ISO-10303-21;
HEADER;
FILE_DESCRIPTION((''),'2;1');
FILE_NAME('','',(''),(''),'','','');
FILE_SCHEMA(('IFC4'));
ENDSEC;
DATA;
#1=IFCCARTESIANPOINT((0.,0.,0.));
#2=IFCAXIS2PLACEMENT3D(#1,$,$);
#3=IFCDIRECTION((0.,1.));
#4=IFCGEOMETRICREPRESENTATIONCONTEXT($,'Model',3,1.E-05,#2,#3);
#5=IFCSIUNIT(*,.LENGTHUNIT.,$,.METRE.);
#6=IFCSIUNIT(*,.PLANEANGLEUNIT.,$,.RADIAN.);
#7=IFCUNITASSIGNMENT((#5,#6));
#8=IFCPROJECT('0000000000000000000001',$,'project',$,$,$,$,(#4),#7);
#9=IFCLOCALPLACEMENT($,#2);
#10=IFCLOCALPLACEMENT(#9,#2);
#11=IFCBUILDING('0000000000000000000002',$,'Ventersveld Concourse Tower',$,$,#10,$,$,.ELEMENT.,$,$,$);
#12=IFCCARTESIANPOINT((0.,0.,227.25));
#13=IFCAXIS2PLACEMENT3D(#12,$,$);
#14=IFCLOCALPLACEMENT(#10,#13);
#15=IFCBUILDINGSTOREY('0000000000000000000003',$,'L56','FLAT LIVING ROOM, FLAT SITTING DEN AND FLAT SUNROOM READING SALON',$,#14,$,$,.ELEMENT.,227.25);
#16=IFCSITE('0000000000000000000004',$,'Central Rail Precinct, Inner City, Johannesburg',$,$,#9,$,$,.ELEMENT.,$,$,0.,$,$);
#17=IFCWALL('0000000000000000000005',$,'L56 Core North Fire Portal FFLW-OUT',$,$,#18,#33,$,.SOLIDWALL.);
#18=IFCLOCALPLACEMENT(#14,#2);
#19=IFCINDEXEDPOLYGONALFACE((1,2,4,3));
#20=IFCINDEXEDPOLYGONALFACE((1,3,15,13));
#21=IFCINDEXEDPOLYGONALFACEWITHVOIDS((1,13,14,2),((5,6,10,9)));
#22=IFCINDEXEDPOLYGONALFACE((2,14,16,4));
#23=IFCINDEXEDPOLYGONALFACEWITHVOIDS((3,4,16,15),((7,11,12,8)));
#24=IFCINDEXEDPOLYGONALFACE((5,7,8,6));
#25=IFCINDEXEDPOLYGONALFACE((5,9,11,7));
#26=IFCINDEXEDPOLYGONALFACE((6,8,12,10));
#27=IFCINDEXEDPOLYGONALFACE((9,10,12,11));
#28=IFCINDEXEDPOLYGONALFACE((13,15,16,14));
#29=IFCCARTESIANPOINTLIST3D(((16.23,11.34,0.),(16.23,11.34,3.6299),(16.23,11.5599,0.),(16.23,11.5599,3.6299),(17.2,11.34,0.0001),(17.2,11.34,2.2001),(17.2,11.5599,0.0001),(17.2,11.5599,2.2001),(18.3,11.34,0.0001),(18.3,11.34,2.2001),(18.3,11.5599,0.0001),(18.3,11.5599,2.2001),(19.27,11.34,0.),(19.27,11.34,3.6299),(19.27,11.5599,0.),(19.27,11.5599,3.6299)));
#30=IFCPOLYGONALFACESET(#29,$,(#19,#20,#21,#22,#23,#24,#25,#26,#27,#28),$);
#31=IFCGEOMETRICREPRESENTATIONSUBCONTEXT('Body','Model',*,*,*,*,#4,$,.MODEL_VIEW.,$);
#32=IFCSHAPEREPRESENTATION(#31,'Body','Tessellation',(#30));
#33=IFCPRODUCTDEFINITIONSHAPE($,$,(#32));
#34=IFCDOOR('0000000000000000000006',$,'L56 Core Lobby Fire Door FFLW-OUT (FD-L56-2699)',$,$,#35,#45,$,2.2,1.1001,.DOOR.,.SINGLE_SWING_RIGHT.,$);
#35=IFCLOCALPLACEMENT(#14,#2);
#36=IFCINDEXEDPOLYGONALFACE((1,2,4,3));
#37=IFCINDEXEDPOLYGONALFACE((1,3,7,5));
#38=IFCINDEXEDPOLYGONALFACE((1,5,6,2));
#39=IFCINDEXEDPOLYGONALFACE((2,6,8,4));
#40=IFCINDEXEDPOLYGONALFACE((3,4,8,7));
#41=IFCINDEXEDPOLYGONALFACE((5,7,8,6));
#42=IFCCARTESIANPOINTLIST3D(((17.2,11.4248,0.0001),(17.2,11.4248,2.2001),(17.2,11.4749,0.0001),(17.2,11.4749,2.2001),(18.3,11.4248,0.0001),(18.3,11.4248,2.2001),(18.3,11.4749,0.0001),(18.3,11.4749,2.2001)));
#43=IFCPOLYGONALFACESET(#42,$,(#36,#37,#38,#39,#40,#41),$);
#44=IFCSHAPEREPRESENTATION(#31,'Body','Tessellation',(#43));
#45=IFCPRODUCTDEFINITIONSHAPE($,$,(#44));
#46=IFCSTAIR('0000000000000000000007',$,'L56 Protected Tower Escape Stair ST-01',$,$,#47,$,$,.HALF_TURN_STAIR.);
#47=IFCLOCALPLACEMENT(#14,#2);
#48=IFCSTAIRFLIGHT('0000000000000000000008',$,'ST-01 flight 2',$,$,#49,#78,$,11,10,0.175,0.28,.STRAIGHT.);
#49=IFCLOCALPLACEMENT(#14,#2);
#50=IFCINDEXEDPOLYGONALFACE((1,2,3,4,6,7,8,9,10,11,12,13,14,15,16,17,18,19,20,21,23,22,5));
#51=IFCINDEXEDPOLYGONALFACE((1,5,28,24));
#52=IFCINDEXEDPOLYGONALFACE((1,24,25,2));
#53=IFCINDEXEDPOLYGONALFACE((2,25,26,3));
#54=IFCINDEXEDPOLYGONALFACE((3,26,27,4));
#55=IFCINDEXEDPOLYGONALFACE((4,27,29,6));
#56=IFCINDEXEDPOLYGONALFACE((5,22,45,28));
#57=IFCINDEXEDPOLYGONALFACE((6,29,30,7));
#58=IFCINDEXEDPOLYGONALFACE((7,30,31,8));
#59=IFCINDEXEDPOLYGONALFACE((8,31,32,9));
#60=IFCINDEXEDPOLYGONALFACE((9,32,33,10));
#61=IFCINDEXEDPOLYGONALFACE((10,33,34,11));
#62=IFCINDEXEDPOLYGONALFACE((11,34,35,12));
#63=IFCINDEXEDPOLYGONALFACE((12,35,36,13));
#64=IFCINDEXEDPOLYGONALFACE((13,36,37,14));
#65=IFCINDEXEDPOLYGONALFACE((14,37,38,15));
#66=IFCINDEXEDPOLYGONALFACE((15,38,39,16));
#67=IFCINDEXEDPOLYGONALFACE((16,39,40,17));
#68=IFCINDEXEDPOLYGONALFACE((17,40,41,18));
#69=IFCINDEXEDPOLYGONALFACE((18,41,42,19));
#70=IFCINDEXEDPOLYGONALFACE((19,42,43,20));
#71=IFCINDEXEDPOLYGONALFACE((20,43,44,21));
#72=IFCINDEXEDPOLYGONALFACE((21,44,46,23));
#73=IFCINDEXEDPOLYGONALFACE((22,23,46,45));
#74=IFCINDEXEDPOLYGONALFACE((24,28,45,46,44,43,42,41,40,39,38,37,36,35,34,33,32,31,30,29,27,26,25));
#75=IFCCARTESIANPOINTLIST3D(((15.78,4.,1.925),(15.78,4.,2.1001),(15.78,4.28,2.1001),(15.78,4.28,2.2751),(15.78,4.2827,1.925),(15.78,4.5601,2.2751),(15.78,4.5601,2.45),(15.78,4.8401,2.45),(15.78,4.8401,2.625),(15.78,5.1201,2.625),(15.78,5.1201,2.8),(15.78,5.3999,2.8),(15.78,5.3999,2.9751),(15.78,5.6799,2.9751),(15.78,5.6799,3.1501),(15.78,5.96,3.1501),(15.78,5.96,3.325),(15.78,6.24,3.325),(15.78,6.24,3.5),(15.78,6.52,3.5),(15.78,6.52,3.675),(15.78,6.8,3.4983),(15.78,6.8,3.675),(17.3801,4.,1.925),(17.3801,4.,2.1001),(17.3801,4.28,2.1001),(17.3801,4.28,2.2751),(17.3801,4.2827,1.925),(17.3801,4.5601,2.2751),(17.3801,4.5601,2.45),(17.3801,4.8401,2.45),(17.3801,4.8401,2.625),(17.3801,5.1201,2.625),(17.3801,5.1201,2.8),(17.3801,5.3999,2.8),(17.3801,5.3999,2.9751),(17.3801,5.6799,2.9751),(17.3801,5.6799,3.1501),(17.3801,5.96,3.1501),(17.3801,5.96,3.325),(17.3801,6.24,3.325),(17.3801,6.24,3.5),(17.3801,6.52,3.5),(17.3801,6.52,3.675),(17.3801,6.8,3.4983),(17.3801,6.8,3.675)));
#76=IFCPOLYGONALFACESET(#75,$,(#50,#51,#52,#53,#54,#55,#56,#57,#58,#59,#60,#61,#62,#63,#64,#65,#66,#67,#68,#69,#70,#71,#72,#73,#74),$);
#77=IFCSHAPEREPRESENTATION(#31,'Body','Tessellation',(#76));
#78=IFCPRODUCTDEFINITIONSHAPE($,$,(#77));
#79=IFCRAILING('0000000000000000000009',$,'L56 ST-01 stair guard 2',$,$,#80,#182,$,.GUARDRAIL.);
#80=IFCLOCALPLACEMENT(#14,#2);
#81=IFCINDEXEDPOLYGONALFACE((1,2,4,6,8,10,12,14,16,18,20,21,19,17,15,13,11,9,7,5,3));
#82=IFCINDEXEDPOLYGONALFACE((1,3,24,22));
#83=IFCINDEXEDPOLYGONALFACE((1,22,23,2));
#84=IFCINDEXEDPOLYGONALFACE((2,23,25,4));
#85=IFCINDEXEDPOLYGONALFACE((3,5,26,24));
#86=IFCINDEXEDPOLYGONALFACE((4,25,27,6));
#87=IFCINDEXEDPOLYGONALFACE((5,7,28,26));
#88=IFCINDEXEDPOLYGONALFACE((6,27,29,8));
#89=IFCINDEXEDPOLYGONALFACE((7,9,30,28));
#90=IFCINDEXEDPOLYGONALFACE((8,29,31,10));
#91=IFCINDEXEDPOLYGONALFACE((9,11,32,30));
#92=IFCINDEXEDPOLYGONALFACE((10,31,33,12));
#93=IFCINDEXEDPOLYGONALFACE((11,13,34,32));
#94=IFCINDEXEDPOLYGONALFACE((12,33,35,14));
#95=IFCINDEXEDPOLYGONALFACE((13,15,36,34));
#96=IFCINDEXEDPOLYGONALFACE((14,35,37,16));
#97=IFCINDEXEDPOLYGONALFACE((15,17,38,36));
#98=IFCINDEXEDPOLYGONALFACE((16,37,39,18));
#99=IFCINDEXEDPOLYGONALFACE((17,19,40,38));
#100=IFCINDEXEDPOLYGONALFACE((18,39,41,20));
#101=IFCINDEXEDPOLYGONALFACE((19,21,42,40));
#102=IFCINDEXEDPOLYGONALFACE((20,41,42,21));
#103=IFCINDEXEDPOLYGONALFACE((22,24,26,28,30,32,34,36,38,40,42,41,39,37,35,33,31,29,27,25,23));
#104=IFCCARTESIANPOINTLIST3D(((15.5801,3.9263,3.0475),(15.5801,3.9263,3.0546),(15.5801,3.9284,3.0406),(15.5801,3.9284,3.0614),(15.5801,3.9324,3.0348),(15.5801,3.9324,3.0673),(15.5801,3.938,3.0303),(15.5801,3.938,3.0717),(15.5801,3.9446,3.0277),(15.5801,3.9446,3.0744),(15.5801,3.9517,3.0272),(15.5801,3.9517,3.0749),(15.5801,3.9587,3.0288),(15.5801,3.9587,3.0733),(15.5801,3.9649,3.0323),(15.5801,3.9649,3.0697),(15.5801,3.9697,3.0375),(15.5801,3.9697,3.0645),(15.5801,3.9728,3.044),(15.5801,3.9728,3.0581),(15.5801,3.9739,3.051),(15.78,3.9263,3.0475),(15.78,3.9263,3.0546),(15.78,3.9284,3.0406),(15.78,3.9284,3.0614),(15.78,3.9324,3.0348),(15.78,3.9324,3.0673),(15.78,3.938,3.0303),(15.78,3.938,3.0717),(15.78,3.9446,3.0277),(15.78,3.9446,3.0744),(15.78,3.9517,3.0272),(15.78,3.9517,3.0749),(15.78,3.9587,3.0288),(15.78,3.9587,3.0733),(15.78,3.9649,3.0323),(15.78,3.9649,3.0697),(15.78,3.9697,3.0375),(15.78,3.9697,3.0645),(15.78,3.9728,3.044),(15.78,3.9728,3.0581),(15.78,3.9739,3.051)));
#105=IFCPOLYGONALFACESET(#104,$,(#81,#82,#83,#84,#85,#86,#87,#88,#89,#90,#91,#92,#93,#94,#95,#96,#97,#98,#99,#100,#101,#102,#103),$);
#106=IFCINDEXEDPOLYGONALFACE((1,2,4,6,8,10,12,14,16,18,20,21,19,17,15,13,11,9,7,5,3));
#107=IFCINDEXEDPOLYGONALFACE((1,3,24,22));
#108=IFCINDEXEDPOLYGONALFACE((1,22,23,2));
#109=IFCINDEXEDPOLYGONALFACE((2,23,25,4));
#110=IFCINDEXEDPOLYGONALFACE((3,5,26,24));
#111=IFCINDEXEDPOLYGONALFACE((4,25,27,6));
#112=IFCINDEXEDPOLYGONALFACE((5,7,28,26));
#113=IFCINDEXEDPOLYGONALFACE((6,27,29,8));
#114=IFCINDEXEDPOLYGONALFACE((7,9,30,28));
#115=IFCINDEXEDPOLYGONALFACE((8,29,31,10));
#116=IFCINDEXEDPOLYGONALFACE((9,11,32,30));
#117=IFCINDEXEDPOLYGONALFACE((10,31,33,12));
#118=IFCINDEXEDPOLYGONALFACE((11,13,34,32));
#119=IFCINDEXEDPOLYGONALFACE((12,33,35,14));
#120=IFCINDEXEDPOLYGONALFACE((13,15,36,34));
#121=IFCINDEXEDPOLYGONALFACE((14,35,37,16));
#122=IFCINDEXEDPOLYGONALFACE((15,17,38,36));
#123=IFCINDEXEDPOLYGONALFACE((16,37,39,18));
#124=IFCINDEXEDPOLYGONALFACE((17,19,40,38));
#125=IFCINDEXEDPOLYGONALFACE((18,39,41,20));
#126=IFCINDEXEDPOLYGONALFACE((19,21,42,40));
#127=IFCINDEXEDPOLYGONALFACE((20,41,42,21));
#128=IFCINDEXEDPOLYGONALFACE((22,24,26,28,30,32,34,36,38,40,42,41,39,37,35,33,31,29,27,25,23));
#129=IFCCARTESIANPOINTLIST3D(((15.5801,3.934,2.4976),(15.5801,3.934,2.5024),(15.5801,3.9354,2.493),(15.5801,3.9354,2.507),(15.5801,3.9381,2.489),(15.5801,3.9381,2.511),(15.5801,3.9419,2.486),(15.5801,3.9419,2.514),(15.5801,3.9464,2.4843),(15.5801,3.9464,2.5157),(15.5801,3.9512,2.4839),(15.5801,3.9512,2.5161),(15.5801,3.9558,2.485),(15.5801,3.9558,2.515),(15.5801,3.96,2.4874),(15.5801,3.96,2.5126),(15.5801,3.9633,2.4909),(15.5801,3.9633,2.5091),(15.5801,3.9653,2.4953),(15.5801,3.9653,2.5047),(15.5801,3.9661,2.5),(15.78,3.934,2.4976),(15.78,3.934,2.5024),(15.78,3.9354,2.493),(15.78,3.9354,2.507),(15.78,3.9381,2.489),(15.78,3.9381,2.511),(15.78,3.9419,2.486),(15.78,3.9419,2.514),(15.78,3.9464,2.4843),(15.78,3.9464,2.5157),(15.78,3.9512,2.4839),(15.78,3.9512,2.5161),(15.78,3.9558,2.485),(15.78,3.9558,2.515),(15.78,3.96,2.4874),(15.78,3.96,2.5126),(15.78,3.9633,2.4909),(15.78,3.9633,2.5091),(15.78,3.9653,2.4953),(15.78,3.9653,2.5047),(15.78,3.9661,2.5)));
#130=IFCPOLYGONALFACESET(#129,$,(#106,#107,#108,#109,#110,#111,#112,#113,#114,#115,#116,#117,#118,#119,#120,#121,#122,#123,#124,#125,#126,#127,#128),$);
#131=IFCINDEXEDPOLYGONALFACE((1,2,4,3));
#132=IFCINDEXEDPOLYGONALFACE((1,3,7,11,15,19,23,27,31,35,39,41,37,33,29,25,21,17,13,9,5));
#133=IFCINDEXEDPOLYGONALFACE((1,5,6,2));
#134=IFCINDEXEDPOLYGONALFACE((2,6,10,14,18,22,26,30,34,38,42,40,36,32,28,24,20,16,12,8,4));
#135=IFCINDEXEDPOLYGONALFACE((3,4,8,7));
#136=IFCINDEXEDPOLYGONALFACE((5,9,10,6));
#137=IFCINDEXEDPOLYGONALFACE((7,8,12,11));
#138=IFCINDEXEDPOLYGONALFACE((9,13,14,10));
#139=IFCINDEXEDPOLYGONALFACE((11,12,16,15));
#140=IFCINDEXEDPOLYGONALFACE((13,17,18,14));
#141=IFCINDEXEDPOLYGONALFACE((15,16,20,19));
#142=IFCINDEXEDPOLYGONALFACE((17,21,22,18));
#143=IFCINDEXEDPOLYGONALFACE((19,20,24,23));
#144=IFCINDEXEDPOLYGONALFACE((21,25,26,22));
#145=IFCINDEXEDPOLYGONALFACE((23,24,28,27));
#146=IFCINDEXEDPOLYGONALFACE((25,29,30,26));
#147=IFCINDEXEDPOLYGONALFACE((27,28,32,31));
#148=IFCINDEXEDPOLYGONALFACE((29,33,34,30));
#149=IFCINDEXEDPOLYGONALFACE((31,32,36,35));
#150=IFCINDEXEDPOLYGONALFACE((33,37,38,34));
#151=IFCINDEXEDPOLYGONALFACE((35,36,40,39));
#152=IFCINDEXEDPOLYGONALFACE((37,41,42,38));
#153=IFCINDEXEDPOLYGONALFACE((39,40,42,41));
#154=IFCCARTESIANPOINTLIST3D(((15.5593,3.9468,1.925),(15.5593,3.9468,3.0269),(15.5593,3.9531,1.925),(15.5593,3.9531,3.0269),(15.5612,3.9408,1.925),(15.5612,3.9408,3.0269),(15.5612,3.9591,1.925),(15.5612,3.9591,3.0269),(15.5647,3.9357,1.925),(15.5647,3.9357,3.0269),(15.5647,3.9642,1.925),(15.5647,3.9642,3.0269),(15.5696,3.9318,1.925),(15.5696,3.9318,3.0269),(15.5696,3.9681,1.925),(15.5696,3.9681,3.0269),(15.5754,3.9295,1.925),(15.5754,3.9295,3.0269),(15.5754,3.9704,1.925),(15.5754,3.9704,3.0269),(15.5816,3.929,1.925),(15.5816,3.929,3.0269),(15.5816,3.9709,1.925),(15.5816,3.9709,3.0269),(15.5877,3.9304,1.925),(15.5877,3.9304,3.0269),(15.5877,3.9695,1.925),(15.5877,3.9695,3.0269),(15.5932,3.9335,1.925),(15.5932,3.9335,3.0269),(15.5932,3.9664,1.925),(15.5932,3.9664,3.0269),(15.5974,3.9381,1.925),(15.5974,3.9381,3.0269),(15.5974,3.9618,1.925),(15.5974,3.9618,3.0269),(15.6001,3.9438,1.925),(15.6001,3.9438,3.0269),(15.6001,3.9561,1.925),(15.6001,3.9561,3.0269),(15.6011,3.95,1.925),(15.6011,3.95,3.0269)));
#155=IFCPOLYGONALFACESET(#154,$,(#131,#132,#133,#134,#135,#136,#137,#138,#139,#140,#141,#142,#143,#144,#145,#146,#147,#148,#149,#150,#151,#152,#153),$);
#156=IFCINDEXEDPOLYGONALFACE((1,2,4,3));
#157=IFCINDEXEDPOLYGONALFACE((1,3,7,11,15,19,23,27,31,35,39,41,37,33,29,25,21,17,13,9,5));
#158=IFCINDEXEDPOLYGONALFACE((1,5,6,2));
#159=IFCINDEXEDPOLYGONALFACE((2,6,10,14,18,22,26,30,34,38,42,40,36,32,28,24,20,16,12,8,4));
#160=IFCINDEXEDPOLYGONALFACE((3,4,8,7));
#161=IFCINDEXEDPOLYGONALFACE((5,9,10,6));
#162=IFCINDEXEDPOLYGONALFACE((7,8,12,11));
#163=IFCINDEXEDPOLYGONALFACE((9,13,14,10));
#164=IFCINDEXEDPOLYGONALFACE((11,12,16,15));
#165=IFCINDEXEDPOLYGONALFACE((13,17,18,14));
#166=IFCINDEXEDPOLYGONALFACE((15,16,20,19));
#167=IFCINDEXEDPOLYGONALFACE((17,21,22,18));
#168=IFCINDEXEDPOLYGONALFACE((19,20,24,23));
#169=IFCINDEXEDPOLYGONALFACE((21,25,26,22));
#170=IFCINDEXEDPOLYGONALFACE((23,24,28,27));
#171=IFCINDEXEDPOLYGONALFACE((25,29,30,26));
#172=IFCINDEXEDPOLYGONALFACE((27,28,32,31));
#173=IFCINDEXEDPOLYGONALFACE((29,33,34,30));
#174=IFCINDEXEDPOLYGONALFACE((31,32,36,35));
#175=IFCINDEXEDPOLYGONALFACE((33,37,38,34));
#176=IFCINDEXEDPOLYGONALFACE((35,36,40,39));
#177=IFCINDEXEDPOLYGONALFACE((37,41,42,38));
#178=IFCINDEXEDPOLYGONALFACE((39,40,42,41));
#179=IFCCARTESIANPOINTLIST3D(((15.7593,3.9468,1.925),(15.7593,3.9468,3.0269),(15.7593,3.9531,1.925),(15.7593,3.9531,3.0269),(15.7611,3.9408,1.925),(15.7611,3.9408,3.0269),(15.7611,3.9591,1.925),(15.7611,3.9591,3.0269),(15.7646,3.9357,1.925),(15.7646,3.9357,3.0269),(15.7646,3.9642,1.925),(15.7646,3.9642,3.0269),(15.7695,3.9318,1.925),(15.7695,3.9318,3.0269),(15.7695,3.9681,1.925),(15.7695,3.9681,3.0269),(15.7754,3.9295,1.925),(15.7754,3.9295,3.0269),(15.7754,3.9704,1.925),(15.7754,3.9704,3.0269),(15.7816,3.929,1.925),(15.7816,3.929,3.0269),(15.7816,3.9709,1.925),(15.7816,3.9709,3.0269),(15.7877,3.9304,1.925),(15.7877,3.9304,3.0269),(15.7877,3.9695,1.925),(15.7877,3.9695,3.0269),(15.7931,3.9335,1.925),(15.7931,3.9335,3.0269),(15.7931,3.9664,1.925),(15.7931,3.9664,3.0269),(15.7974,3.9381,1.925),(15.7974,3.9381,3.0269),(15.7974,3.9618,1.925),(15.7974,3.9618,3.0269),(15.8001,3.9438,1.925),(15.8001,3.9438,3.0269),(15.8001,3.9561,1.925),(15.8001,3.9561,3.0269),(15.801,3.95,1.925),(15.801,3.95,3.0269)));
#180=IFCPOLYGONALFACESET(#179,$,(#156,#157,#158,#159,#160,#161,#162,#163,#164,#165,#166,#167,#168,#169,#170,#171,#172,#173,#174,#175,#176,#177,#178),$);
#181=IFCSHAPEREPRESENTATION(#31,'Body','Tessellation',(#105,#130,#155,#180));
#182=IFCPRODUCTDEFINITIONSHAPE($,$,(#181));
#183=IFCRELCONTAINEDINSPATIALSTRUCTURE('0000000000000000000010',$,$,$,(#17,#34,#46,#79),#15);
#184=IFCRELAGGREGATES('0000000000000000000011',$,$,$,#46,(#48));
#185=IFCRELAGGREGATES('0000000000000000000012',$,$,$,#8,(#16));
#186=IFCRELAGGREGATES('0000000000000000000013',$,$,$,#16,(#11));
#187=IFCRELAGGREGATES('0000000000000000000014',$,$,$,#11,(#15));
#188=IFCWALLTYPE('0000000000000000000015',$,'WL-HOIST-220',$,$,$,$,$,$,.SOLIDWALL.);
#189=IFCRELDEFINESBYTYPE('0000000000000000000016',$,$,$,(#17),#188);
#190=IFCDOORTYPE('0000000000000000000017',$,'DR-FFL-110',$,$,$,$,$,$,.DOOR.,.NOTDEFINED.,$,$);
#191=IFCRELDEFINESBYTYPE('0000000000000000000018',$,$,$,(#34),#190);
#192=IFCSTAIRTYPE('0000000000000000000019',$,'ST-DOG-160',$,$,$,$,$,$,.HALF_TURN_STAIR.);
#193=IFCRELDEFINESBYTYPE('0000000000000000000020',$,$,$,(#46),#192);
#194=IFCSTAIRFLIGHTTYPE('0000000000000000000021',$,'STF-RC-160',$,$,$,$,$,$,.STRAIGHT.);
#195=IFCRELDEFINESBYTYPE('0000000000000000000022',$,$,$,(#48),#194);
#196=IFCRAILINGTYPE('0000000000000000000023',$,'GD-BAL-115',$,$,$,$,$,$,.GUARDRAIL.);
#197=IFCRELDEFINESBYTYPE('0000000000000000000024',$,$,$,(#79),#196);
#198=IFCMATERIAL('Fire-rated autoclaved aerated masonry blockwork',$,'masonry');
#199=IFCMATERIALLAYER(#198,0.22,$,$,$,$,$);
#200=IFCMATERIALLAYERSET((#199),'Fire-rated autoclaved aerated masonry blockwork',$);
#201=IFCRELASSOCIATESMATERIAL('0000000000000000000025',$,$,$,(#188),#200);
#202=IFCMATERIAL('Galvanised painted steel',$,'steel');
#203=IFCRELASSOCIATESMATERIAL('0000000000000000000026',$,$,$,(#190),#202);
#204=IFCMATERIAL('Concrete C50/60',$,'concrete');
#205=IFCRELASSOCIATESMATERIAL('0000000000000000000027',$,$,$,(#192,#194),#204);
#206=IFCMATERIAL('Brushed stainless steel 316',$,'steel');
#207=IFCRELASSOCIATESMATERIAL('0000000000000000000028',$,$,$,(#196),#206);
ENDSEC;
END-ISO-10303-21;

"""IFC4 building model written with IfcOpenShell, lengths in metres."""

from ifc_helpers import new_model, si_unit, direction, frame, frame_2d, origin, origin_2d, place, context, subcontext, project, spatial, polyline, rectangle, circle, outline, extrude, material, layer, layer_set, type_object, element, fill, aggregate, save


model = new_model("IFC4")

# Units and contexts
model_context = context("Model", 3, precision=1e-05, world=origin(), true_north=direction((0.0, 1.0)))
body_context = subcontext(model_context, "Body", "Model", "MODEL_VIEW")
ifc_project = project(units=[si_unit("LENGTHUNIT", "METRE"), si_unit("PLANEANGLEUNIT", "RADIAN")], contexts=[model_context])

# Site, building, storey
site_placement = place(None, origin())
site = spatial("IfcSite", under=ifc_project, at=site_placement, Name="Central Rail Precinct, Inner City, Johannesburg", CompositionType="ELEMENT", RefElevation=0.0)
building_placement = place(site_placement, origin())
building = spatial("IfcBuilding", under=site, at=building_placement, Name="Ventersveld Concourse Tower", CompositionType="ELEMENT")
storey_placement = place(building_placement, frame((0.0, 0.0, 227.25)))
storey = spatial("IfcBuildingStorey", under=building, at=storey_placement, Name="L56", Description="FLAT LIVING ROOM, FLAT SITTING DEN AND FLAT SUNROOM READING SALON", CompositionType="ELEMENT", Elevation=227.25)

# Shared definitions
ifc_material_1 = material(Name="Concrete C50/60", Category="concrete")

# Shared definitions
ifc_material_2 = material(Name="Fire-rated autoclaved aerated masonry blockwork", Category="masonry")
ifc_material_3 = material(Name="Galvanised painted steel", Category="steel")

# Shared definitions
ifc_layer_1 = layer(ifc_material_2, 0.22)
ifc_layer_set_1 = layer_set([ifc_layer_1], Name="Fire-rated autoclaved aerated masonry blockwork")
wall_type_1 = type_object("IfcWallType", Name="WL-HOIST-220", PredefinedType="SOLIDWALL", material=ifc_layer_set_1)

# Shared definitions
ifc_material_4 = material(Name="Brushed stainless steel 316", Category="steel")

# Wall, opening, door
door_type_1 = type_object("IfcDoorType", Name="DR-FFL-110", OperationType="NOTDEFINED", PredefinedType="DOOR", material=ifc_material_3)
wall_1_placement = place(storey_placement, frame((16.23, 11.45, 0.0), z_axis=(0.0, 0.0, 1.0), x_axis=(1.0, 0.0, 0.0)))
wall_1 = element("IfcWall", 1, at=wall_1_placement, inside=storey, type_object=wall_type_1, Name="L56 Core North Fire Portal FFLW-OUT", PredefinedType="SOLIDWALL", context=body_context, shape_type="SweptSolid", body=[
    extrude(rectangle(XDim=3.04, YDim=0.22, at=frame_2d((1.52, 0.0))), origin(), (0.0, 0.0, 1.0), 3.6299),
])
opening_1_placement = place(wall_1_placement, frame((0.97, 0.0, 0.0)))
opening_1 = element("IfcOpeningElement", 2, at=opening_1_placement, cuts=wall_1, PredefinedType="OPENING", context=body_context, shape_type="SweptSolid", body=[
    extrude(rectangle(XDim=1.1001, YDim=2.2, at=frame_2d((0.55, 1.1001))), frame((0.0, 0.1201, 0.0), z_axis=(0.0, -1.0, 0.0), x_axis=(1.0, 0.0, 0.0)), (0.0, 0.0, 1.0), 0.24),
])
door_1_placement = place(opening_1_placement, origin())
door_1 = element("IfcDoor", 3, at=door_1_placement, inside=storey, type_object=door_type_1, Name="L56 Core Lobby Fire Door FFLW-OUT (FD-L56-2699)", OperationType="SINGLE_SWING_RIGHT", OverallHeight=2.2, OverallWidth=1.1001, PredefinedType="DOOR", context=body_context, shape_type="SweptSolid", body=[
    extrude(rectangle(XDim=1.1001, YDim=2.2, at=frame_2d((0.55, 1.1001))), frame((0.0, 0.0249, 0.0), z_axis=(0.0, -1.0, 0.0), x_axis=(1.0, 0.0, 0.0)), (0.0, 0.0, 1.0), 0.05),
])
fill(opening_1, door_1)

# Stair, stair flight
stair_type = type_object("IfcStairType", Name="ST-DOG-160", PredefinedType="HALF_TURN_STAIR", material=ifc_material_1)
stair_placement = place(storey_placement, origin())
stair = element("IfcStair", 4, at=stair_placement, inside=storey, type_object=stair_type, Name="L56 Protected Tower Escape Stair ST-01", PredefinedType="HALF_TURN_STAIR")
stair_flight_type = type_object("IfcStairFlightType", Name="STF-RC-160", PredefinedType="STRAIGHT", material=ifc_material_1)
stair_flight_placement = place(storey_placement, frame((16.5801, 4.0, 1.925), z_axis=(0.0, 0.0, 1.0), x_axis=(0.0, 1.0, 0.0)))
stair_flight = element("IfcStairFlight", 5, at=stair_flight_placement, type_object=stair_flight_type, Name="ST-01 flight 2", NumberOfRisers=11, NumberOfTreads=10, PredefinedType="STRAIGHT", RiserHeight=0.175, TreadLength=0.28, context=body_context, shape_type="SweptSolid", body=[
    extrude(outline(polyline([(0.0, 0.0), (0.0, 0.175), (0.28, 0.175), (0.28, 0.3501), (0.5601, 0.3501), (0.5601, 0.5249), (0.8401, 0.5249), (0.8401, 0.7), (1.1201, 0.7), (1.1201, 0.875), (1.3999, 0.875), (1.3999, 1.05), (1.6799, 1.05), (1.6799, 1.2251), (1.96, 1.2251), (1.96, 1.3999), (2.24, 1.3999), (2.24, 1.575), (2.52, 1.575), (2.52, 1.75), (2.8, 1.75), (2.8, 1.925), (2.8, 1.5732), (0.2827, 0.0), (0.0, 0.0)])), frame((0.0, 0.8, 0.0), z_axis=(0.0, -1.0, 0.0), x_axis=(1.0, 0.0, 0.0)), (0.0, 0.0, 1.0), 1.6001),
])
aggregate(stair, [stair_flight])

# Railing
railing_type_1 = type_object("IfcRailingType", Name="GD-BAL-115", PredefinedType="GUARDRAIL", material=ifc_material_4)
railing_1_placement = place(storey_placement, frame((15.5801, 3.95, 1.925)))
element("IfcRailing", 6, at=railing_1_placement, inside=storey, type_object=railing_type_1, Name="L56 ST-01 stair guard 2", PredefinedType="GUARDRAIL", context=body_context, shape_type="SweptSolid", body=[
    extrude(circle(Radius=0.0239, at=origin_2d()), frame((0.0, 0.0, 1.126), z_axis=(1.0, 0.0, 0.0), x_axis=(0.0, 1.0, 0.0)), (0.0, 0.0, 1.0), 0.2),
    extrude(circle(Radius=0.0161, at=origin_2d()), frame((0.0, 0.0, 0.575), z_axis=(1.0, 0.0, 0.0), x_axis=(0.0, 1.0, 0.0)), (0.0, 0.0, 1.0), 0.2),
    extrude(circle(Radius=0.021, at=origin_2d()), origin(), (0.0, 0.0, 1.0), 1.1018),
    extrude(circle(Radius=0.021, at=origin_2d()), frame((0.2, 0.0, 0.0)), (0.0, 0.0, 1.0), 1.1018),
])

save(model, "model.ifc")
